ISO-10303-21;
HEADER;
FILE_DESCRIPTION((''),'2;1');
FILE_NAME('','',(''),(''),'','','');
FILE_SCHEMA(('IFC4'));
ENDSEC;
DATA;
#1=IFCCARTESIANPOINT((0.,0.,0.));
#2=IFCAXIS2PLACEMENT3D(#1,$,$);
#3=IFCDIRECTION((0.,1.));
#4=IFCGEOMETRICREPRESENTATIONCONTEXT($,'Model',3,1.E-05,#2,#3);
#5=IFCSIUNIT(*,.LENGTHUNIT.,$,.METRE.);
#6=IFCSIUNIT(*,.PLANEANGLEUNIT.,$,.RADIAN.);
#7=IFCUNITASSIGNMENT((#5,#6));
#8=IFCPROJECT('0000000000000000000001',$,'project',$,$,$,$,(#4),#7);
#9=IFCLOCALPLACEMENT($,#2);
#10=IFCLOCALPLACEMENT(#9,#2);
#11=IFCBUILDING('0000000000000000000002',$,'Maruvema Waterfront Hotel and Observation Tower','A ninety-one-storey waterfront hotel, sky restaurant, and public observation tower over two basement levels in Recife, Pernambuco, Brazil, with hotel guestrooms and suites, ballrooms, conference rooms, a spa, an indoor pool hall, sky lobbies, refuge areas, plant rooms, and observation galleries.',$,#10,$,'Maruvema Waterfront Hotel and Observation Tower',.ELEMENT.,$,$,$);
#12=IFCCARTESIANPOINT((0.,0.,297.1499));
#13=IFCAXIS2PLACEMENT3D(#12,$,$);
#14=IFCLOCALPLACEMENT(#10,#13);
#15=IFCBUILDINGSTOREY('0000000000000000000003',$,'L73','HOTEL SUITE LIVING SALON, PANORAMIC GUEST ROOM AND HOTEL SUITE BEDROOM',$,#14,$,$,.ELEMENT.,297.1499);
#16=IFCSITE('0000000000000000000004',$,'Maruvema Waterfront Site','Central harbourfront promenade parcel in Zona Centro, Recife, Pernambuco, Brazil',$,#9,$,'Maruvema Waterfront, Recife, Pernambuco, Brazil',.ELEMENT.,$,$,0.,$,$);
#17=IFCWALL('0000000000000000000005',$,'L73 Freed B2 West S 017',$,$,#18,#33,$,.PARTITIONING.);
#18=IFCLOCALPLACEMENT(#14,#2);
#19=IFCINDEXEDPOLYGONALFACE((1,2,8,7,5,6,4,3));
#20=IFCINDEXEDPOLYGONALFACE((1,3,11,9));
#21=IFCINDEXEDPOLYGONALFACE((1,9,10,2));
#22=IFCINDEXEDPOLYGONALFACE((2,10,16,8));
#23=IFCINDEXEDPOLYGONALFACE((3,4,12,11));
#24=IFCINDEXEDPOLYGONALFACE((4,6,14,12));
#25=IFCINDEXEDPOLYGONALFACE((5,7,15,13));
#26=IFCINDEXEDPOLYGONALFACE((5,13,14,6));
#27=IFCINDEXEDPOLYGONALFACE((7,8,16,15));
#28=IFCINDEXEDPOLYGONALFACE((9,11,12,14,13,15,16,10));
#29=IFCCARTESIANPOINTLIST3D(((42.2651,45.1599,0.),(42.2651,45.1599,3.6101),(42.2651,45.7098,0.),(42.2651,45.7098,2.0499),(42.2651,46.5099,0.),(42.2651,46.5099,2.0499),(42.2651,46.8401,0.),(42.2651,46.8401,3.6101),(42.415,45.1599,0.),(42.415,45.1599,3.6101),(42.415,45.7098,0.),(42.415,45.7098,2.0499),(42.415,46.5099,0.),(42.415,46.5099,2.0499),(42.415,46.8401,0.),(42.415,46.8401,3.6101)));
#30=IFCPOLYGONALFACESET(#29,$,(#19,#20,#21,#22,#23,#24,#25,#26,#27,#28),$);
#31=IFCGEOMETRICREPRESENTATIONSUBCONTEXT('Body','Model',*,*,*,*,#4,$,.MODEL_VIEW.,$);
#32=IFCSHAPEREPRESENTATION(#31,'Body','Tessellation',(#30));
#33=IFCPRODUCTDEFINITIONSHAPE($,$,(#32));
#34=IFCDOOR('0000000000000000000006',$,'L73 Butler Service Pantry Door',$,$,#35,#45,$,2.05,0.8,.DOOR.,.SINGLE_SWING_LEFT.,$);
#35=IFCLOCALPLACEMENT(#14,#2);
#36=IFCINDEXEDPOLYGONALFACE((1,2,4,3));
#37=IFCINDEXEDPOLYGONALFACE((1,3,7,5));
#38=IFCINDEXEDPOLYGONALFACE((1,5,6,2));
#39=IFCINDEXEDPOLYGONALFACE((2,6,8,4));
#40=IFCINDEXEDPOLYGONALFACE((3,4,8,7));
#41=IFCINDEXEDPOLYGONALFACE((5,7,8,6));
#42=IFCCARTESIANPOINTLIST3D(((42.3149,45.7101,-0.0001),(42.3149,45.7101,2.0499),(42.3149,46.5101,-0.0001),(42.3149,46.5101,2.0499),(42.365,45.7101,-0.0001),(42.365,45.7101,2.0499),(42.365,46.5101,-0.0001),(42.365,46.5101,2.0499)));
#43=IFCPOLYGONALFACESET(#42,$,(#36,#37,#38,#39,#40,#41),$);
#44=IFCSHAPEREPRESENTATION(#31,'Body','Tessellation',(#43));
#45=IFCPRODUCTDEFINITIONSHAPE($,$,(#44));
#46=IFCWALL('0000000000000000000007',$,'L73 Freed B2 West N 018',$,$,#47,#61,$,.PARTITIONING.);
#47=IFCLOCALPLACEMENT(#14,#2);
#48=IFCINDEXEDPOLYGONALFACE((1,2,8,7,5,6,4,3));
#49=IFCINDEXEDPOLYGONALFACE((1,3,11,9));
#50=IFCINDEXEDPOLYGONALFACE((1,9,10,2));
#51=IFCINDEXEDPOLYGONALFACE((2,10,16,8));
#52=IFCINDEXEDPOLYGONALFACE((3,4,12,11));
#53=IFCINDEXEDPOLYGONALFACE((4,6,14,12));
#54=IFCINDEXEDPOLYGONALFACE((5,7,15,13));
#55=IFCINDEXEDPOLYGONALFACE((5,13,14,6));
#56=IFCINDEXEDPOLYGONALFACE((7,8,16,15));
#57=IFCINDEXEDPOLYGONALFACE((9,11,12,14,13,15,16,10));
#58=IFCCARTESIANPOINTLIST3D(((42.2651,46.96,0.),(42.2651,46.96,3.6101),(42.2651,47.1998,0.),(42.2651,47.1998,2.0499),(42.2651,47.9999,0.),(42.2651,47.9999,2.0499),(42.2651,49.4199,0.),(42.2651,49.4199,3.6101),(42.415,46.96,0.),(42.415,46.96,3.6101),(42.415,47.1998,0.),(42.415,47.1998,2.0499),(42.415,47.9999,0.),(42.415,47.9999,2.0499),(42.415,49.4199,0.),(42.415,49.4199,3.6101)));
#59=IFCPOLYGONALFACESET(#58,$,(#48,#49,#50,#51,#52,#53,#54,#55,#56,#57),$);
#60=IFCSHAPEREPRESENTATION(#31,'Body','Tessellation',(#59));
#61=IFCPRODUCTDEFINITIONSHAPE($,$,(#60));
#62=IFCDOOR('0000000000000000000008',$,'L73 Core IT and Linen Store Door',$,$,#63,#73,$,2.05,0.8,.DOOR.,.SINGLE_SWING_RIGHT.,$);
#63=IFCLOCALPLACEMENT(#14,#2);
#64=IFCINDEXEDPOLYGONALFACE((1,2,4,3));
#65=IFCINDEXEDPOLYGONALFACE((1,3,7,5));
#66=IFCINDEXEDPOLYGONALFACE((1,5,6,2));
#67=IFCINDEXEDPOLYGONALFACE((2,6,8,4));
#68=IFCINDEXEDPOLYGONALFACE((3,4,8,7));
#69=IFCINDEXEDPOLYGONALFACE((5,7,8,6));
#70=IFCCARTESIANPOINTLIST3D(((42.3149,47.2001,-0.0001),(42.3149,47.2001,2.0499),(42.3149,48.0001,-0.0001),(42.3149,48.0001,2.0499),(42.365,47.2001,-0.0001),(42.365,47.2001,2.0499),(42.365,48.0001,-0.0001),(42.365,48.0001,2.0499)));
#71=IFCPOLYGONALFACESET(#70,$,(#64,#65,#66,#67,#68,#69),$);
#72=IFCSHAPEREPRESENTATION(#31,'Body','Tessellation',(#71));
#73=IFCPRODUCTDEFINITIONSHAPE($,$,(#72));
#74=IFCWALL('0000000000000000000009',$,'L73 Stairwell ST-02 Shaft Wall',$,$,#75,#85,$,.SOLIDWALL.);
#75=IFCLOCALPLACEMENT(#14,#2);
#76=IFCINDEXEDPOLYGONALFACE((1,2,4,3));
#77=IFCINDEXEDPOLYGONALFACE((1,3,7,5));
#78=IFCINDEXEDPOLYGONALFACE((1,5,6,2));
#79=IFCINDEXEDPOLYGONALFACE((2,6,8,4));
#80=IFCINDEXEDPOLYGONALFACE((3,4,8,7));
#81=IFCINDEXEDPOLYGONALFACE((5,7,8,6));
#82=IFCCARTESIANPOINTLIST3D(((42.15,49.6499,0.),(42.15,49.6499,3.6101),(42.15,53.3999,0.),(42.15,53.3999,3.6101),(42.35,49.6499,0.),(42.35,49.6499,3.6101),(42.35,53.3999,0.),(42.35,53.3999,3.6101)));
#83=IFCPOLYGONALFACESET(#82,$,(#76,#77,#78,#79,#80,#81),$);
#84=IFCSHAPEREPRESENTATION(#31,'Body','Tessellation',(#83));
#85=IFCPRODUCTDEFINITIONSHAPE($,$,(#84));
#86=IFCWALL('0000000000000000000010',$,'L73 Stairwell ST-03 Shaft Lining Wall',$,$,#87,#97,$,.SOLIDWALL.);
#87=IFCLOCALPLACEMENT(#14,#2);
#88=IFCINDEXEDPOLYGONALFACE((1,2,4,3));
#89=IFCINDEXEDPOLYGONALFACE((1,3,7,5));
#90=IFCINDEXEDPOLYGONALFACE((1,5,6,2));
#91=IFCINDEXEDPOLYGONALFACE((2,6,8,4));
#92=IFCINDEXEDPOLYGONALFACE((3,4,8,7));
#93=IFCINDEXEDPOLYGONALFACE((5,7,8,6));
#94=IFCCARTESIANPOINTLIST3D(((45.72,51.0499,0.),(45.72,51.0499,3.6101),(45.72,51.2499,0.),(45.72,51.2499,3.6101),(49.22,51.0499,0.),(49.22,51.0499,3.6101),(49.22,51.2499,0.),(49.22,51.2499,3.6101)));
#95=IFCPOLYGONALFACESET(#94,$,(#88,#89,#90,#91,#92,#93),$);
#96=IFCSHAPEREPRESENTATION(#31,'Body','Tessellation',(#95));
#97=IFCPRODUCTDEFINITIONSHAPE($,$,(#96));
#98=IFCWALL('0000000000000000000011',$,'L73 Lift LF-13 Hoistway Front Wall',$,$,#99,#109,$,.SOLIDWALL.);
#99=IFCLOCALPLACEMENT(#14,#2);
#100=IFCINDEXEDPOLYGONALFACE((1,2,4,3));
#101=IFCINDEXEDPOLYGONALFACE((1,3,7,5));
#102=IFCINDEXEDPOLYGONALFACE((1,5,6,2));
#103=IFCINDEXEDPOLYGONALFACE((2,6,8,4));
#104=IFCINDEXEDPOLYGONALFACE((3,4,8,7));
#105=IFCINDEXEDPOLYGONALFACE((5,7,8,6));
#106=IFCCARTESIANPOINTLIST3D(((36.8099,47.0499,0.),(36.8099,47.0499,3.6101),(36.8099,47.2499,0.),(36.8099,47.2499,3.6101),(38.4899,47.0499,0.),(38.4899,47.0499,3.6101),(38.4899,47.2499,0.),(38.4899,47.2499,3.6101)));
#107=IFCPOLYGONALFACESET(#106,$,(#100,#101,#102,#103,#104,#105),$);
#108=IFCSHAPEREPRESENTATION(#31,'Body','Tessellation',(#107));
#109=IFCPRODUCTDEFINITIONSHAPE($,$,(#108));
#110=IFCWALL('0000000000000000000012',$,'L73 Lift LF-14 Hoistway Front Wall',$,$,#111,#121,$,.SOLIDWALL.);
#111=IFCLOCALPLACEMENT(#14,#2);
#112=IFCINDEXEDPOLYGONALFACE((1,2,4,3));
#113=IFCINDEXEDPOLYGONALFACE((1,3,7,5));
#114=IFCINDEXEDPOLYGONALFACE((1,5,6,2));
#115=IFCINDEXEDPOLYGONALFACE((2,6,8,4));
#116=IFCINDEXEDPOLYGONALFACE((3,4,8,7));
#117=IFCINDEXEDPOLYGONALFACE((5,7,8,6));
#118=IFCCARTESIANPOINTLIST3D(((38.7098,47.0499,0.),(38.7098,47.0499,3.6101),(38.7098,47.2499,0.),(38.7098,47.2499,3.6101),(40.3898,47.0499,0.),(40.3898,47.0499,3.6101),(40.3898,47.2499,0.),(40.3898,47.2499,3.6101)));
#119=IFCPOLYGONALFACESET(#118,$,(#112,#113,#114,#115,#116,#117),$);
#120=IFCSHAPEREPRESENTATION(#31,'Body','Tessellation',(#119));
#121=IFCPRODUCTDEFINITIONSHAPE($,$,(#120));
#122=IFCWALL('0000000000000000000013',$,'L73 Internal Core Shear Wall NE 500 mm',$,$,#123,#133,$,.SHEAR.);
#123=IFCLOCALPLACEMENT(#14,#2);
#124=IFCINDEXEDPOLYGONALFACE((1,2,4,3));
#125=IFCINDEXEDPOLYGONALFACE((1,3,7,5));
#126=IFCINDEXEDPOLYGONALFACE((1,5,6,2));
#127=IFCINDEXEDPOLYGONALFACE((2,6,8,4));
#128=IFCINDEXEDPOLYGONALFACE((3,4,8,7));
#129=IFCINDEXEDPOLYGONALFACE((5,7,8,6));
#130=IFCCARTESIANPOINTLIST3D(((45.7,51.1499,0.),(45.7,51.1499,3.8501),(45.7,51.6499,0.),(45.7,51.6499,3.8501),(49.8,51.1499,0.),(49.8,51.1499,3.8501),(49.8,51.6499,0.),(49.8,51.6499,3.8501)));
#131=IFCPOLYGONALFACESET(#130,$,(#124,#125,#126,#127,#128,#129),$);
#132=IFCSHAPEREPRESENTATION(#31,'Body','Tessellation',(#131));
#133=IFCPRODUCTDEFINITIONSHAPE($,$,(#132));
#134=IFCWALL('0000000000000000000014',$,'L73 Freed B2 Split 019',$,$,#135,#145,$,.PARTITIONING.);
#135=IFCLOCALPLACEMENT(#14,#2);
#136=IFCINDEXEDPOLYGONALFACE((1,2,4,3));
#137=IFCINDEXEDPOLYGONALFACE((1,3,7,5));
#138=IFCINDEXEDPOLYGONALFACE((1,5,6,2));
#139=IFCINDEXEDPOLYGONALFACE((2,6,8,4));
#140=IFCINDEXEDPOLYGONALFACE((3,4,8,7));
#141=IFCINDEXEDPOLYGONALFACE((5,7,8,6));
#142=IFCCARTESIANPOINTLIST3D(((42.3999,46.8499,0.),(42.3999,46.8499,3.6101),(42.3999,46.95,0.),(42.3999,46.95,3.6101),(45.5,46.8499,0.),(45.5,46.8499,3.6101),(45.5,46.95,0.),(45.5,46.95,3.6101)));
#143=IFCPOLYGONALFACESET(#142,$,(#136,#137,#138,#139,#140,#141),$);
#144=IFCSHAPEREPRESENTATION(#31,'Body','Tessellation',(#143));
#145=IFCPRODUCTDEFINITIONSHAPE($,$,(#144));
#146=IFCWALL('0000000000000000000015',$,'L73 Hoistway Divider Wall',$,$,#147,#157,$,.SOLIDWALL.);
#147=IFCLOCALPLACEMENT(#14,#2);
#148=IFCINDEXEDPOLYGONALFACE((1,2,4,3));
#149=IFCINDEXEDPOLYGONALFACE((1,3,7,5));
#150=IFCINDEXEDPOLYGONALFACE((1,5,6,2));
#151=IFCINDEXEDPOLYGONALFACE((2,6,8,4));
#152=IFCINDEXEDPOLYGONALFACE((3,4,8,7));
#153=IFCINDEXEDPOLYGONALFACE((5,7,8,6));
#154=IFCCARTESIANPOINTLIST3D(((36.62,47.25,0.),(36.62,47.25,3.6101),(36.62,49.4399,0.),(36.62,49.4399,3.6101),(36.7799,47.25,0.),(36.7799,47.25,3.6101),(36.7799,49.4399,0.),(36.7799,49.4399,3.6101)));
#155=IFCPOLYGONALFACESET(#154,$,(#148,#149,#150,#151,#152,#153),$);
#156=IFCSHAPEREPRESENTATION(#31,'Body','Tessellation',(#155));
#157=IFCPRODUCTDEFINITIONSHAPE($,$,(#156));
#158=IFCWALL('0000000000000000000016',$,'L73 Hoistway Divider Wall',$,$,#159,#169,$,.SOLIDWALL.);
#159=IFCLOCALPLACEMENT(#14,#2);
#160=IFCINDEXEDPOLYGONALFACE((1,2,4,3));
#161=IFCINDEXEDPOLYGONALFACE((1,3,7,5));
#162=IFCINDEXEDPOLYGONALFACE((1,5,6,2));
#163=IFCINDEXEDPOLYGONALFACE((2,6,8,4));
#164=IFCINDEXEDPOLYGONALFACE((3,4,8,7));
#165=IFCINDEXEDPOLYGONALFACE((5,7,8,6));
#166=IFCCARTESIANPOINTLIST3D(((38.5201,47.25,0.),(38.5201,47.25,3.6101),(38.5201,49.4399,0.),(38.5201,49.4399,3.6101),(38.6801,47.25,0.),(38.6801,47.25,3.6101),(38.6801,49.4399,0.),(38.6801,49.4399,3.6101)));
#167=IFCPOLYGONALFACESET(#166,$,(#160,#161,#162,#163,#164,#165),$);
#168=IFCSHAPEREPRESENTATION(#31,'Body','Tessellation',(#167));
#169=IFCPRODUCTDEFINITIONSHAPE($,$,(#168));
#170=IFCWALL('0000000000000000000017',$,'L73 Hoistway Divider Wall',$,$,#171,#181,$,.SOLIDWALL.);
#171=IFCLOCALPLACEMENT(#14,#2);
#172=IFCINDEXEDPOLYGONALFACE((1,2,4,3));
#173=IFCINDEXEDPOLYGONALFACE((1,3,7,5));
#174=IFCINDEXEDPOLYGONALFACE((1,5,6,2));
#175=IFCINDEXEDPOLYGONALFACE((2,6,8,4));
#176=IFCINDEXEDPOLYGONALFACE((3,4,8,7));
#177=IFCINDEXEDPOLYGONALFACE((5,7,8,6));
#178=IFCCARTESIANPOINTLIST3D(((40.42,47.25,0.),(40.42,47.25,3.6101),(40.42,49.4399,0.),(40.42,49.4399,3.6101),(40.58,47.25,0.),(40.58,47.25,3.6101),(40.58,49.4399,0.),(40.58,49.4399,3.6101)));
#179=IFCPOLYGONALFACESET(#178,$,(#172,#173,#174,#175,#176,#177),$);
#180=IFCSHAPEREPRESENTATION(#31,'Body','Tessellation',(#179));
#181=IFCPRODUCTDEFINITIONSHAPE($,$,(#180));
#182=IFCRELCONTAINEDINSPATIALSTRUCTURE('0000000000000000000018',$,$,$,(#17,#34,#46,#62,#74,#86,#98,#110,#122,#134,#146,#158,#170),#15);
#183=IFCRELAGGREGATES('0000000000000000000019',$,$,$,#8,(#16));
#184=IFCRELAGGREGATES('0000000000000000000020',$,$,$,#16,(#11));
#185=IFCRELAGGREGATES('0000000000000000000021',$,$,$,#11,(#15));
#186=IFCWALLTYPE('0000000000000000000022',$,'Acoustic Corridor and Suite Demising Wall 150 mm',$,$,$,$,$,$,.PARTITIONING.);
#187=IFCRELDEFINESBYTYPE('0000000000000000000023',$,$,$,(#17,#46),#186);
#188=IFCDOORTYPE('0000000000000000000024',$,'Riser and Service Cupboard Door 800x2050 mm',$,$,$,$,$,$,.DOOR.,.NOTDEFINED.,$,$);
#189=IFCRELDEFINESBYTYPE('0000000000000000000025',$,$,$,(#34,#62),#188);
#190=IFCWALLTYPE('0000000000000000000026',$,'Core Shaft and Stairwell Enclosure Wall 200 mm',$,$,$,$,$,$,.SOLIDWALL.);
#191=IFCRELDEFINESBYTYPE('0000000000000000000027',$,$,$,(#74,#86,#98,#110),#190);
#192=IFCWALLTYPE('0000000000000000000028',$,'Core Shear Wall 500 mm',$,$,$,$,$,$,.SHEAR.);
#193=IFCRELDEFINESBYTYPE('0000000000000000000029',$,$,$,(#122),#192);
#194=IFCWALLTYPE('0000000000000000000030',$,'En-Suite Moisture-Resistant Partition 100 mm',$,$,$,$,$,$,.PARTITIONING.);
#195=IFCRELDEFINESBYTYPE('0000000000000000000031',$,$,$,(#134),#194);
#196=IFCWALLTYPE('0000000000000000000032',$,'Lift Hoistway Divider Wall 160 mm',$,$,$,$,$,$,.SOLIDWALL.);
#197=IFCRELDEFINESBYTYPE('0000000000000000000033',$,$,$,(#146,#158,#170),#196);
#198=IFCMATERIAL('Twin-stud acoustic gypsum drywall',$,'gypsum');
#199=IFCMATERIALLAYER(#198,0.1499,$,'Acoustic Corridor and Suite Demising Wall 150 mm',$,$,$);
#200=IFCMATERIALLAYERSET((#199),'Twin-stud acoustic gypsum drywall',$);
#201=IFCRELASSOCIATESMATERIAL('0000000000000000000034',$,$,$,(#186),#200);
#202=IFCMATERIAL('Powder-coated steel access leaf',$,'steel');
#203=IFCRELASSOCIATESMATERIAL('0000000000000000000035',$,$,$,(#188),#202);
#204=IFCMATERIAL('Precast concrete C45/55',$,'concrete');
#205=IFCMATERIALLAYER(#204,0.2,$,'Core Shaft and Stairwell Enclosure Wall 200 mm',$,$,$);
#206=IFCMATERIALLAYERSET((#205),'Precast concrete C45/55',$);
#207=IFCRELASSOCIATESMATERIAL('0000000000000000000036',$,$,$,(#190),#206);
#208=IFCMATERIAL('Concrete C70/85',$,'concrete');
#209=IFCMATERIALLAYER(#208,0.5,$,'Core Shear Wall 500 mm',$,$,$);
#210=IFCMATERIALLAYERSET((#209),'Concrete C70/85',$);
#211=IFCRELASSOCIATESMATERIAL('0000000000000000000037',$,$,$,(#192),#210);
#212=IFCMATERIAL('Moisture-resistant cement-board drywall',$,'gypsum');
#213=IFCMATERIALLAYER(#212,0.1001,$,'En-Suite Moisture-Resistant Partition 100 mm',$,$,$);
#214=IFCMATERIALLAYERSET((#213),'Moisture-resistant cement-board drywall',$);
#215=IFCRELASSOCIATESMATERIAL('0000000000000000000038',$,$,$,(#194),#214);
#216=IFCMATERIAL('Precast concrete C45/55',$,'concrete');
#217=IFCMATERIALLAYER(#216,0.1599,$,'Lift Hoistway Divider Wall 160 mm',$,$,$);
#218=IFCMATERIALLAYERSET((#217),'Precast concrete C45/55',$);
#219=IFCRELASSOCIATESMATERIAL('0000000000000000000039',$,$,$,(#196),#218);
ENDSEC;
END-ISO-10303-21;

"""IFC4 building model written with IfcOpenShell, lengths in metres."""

from ifc_helpers import new_model, si_unit, direction, frame, frame_2d, origin, place, context, subcontext, project, spatial, rectangle, extrude, material, layer, layer_set, type_object, element, fill, save


model = new_model("IFC4")

# Units and contexts
model_context = context("Model", 3, precision=1e-05, world=origin(), true_north=direction((0.0, 1.0)))
body_context = subcontext(model_context, "Body", "Model", "MODEL_VIEW")
ifc_project = project(units=[si_unit("LENGTHUNIT", "METRE"), si_unit("PLANEANGLEUNIT", "RADIAN")], contexts=[model_context])

# Site, building, storey
site_placement = place(None, origin())
site = spatial("IfcSite", under=ifc_project, at=site_placement, Name="Maruvema Waterfront Site", Description="Central harbourfront promenade parcel in Zona Centro, Recife, Pernambuco, Brazil", LongName="Maruvema Waterfront, Recife, Pernambuco, Brazil", CompositionType="ELEMENT", RefElevation=0.0)
building_placement = place(site_placement, origin())
building = spatial("IfcBuilding", under=site, at=building_placement, Name="Maruvema Waterfront Hotel and Observation Tower", Description="A ninety-one-storey waterfront hotel, sky restaurant, and public observation tower over two basement levels in Recife, Pernambuco, Brazil, with hotel guestrooms and suites, ballrooms, conference rooms, a spa, an indoor pool hall, sky lobbies, refuge areas, plant rooms, and observation galleries.", LongName="Maruvema Waterfront Hotel and Observation Tower", CompositionType="ELEMENT")
storey_placement = place(building_placement, frame((0.0, 0.0, 297.1499)))
storey = spatial("IfcBuildingStorey", under=building, at=storey_placement, Name="L73", Description="HOTEL SUITE LIVING SALON, PANORAMIC GUEST ROOM AND HOTEL SUITE BEDROOM", CompositionType="ELEMENT", Elevation=297.1499)

# Walls, openings, doors
ifc_material_1 = material(Name="Twin-stud acoustic gypsum drywall", Category="gypsum")
ifc_layer_1 = layer(ifc_material_1, 0.1499, Name="Acoustic Corridor and Suite Demising Wall 150 mm")
ifc_layer_set_1 = layer_set([ifc_layer_1], Name="Twin-stud acoustic gypsum drywall")
wall_type_1 = type_object("IfcWallType", Name="Acoustic Corridor and Suite Demising Wall 150 mm", PredefinedType="PARTITIONING", material=ifc_layer_set_1)
wall_1_placement = place(storey_placement, frame((42.3401, 45.1599, 0.0), z_axis=(0.0, 0.0, 1.0), x_axis=(0.0, 1.0, 0.0)))
wall_1 = element("IfcWall", 1, at=wall_1_placement, inside=storey, type_object=wall_type_1, Name="L73 Freed B2 West S 017", PredefinedType="PARTITIONING", context=body_context, shape_type="SweptSolid", body=[
    extrude(rectangle(XDim=1.6802, YDim=0.1499, at=frame_2d((0.8401, 0.0))), origin(), (0.0, 0.0, 1.0), 3.6101),
])
opening_1_placement = place(wall_1_placement, frame((0.55, 0.0, 0.0)))
opening_1 = element("IfcOpeningElement", 2, at=opening_1_placement, cuts=wall_1, PredefinedType="OPENING", context=body_context, shape_type="SweptSolid", body=[
    extrude(rectangle(XDim=0.8, YDim=2.05, at=frame_2d((0.3999, 1.0249))), frame((0.0, 0.085, 0.0), z_axis=(0.0, -1.0, 0.0), x_axis=(1.0, 0.0, 0.0)), (0.0, 0.0, 1.0), 0.1699),
])
ifc_material_2 = material(Name="Powder-coated steel access leaf", Category="steel")
door_type = type_object("IfcDoorType", Name="Riser and Service Cupboard Door 800x2050 mm", OperationType="NOTDEFINED", PredefinedType="DOOR", material=ifc_material_2)
door_1_placement = place(opening_1_placement, frame((0.8, 0.0, 0.0), z_axis=(0.0, 0.0, 1.0), x_axis=(-1.0, 0.0, 0.0)))
door_1 = element("IfcDoor", 3, at=door_1_placement, inside=storey, type_object=door_type, Name="L73 Butler Service Pantry Door", OperationType="SINGLE_SWING_LEFT", OverallHeight=2.05, OverallWidth=0.8, PredefinedType="DOOR", context=body_context, shape_type="SweptSolid", body=[
    extrude(rectangle(XDim=0.8, YDim=2.05, at=frame_2d((0.3999, 1.0249))), frame((0.0, 0.0249, 0.0), z_axis=(0.0, -1.0, 0.0), x_axis=(1.0, 0.0, 0.0)), (0.0, 0.0, 1.0), 0.05),
])
fill(opening_1, door_1)
wall_2_placement = place(storey_placement, frame((42.3401, 46.96, 0.0), z_axis=(0.0, 0.0, 1.0), x_axis=(0.0, 1.0, 0.0)))
wall_2 = element("IfcWall", 4, at=wall_2_placement, inside=storey, type_object=wall_type_1, Name="L73 Freed B2 West N 018", PredefinedType="PARTITIONING", context=body_context, shape_type="SweptSolid", body=[
    extrude(rectangle(XDim=2.46, YDim=0.1499, at=frame_2d((1.23, 0.0))), origin(), (0.0, 0.0, 1.0), 3.6101),
])
opening_2_placement = place(wall_2_placement, frame((0.24, 0.0, 0.0)))
opening_2 = element("IfcOpeningElement", 5, at=opening_2_placement, cuts=wall_2, PredefinedType="OPENING", context=body_context, shape_type="SweptSolid", body=[
    extrude(rectangle(XDim=0.8, YDim=2.05, at=frame_2d((0.3999, 1.0249))), frame((0.0, 0.085, 0.0), z_axis=(0.0, -1.0, 0.0), x_axis=(1.0, 0.0, 0.0)), (0.0, 0.0, 1.0), 0.1699),
])
door_2_placement = place(opening_2_placement, frame((0.8, 0.0, 0.0), z_axis=(0.0, 0.0, 1.0), x_axis=(-1.0, 0.0, 0.0)))
door_2 = element("IfcDoor", 6, at=door_2_placement, inside=storey, type_object=door_type, Name="L73 Core IT and Linen Store Door", OperationType="SINGLE_SWING_RIGHT", OverallHeight=2.05, OverallWidth=0.8, PredefinedType="DOOR", context=body_context, shape_type="SweptSolid", body=[
    extrude(rectangle(XDim=0.8, YDim=2.05, at=frame_2d((0.3999, 1.0249))), frame((0.0, 0.0249, 0.0), z_axis=(0.0, -1.0, 0.0), x_axis=(1.0, 0.0, 0.0)), (0.0, 0.0, 1.0), 0.05),
])
fill(opening_2, door_2)

# Walls
ifc_material_3 = material(Name="Precast concrete C45/55", Category="concrete")
ifc_layer_2 = layer(ifc_material_3, 0.2, Name="Core Shaft and Stairwell Enclosure Wall 200 mm")
ifc_layer_set_2 = layer_set([ifc_layer_2], Name="Precast concrete C45/55")
wall_type_2 = type_object("IfcWallType", Name="Core Shaft and Stairwell Enclosure Wall 200 mm", PredefinedType="SOLIDWALL", material=ifc_layer_set_2)
wall_3_placement = place(storey_placement, frame((42.25, 49.6499, 0.0), z_axis=(0.0, 0.0, 1.0), x_axis=(0.0, 1.0, 0.0)))
element("IfcWall", 7, at=wall_3_placement, inside=storey, type_object=wall_type_2, Name="L73 Stairwell ST-02 Shaft Wall", PredefinedType="SOLIDWALL", context=body_context, shape_type="SweptSolid", body=[
    extrude(rectangle(XDim=3.75, YDim=0.2, at=frame_2d((1.875, 0.0))), origin(), (0.0, 0.0, 1.0), 3.6101),
])
wall_4_placement = place(storey_placement, frame((45.72, 51.1499, 0.0), z_axis=(0.0, 0.0, 1.0), x_axis=(1.0, 0.0, 0.0)))
element("IfcWall", 8, at=wall_4_placement, inside=storey, type_object=wall_type_2, Name="L73 Stairwell ST-03 Shaft Lining Wall", PredefinedType="SOLIDWALL", context=body_context, shape_type="SweptSolid", body=[
    extrude(rectangle(XDim=3.5, YDim=0.2, at=frame_2d((1.75, 0.0))), origin(), (0.0, 0.0, 1.0), 3.6101),
])
for number, where, z_axis, x_axis, name in (
    (9, (36.8101, 47.1499, 0.0), (0.0, 0.0, 1.0), (1.0, 0.0, 0.0), "L73 Lift LF-13 Hoistway Front Wall"),
    (10, (38.71, 47.1499, 0.0), (0.0, 0.0, 1.0), (1.0, 0.0, 0.0), "L73 Lift LF-14 Hoistway Front Wall"),
):
    element("IfcWall", number, at=place(storey_placement, frame(where, z_axis=z_axis, x_axis=x_axis)), inside=storey, type_object=wall_type_2, Name=name, PredefinedType="SOLIDWALL", context=body_context, shape_type="SweptSolid", body=[
        extrude(rectangle(XDim=1.6799, YDim=0.2, at=frame_2d((0.8398, 0.0))), origin(), (0.0, 0.0, 1.0), 3.6101),
    ])
ifc_material_4 = material(Name="Concrete C70/85", Category="concrete")
ifc_layer_3 = layer(ifc_material_4, 0.5, Name="Core Shear Wall 500 mm")
ifc_layer_set_3 = layer_set([ifc_layer_3], Name="Concrete C70/85")
wall_type_3 = type_object("IfcWallType", Name="Core Shear Wall 500 mm", PredefinedType="SHEAR", material=ifc_layer_set_3)
wall_5_placement = place(storey_placement, frame((45.7, 51.3999, 0.0), z_axis=(0.0, 0.0, 1.0), x_axis=(1.0, 0.0, 0.0)))
element("IfcWall", 11, at=wall_5_placement, inside=storey, type_object=wall_type_3, Name="L73 Internal Core Shear Wall NE 500 mm", PredefinedType="SHEAR", context=body_context, shape_type="SweptSolid", body=[
    extrude(rectangle(XDim=4.1001, YDim=0.5, at=frame_2d((2.05, 0.0))), origin(), (0.0, 0.0, 1.0), 3.8501),
])
ifc_material_5 = material(Name="Moisture-resistant cement-board drywall", Category="gypsum")
ifc_layer_4 = layer(ifc_material_5, 0.1001, Name="En-Suite Moisture-Resistant Partition 100 mm")
ifc_layer_set_4 = layer_set([ifc_layer_4], Name="Moisture-resistant cement-board drywall")
wall_type_4 = type_object("IfcWallType", Name="En-Suite Moisture-Resistant Partition 100 mm", PredefinedType="PARTITIONING", material=ifc_layer_set_4)
wall_6_placement = place(storey_placement, frame((42.3999, 46.8999, 0.0), z_axis=(0.0, 0.0, 1.0), x_axis=(1.0, 0.0, 0.0)))
element("IfcWall", 12, at=wall_6_placement, inside=storey, type_object=wall_type_4, Name="L73 Freed B2 Split 019", PredefinedType="PARTITIONING", context=body_context, shape_type="SweptSolid", body=[
    extrude(rectangle(XDim=3.1001, YDim=0.1001, at=frame_2d((1.55, 0.0))), origin(), (0.0, 0.0, 1.0), 3.6101),
])
ifc_material_6 = material(Name="Precast concrete C45/55", Category="concrete")
ifc_layer_5 = layer(ifc_material_6, 0.1599, Name="Lift Hoistway Divider Wall 160 mm")
ifc_layer_set_5 = layer_set([ifc_layer_5], Name="Precast concrete C45/55")
wall_type_5 = type_object("IfcWallType", Name="Lift Hoistway Divider Wall 160 mm", PredefinedType="SOLIDWALL", material=ifc_layer_set_5)
for number, where, z_axis, x_axis, name in (
    (13, (36.7, 47.25, 0.0), (0.0, 0.0, 1.0), (0.0, 1.0, 0.0), "L73 Hoistway Divider Wall"),
    (14, (38.6001, 47.25, 0.0), (0.0, 0.0, 1.0), (0.0, 1.0, 0.0), "L73 Hoistway Divider Wall"),
    (15, (40.5, 47.25, 0.0), (0.0, 0.0, 1.0), (0.0, 1.0, 0.0), "L73 Hoistway Divider Wall"),
):
    element("IfcWall", number, at=place(storey_placement, frame(where, z_axis=z_axis, x_axis=x_axis)), inside=storey, type_object=wall_type_5, Name=name, PredefinedType="SOLIDWALL", context=body_context, shape_type="SweptSolid", body=[
        extrude(rectangle(XDim=2.1899, YDim=0.1599, at=frame_2d((1.095, 0.0))), origin(), (0.0, 0.0, 1.0), 3.6101),
    ])

save(model, "model.ifc")
